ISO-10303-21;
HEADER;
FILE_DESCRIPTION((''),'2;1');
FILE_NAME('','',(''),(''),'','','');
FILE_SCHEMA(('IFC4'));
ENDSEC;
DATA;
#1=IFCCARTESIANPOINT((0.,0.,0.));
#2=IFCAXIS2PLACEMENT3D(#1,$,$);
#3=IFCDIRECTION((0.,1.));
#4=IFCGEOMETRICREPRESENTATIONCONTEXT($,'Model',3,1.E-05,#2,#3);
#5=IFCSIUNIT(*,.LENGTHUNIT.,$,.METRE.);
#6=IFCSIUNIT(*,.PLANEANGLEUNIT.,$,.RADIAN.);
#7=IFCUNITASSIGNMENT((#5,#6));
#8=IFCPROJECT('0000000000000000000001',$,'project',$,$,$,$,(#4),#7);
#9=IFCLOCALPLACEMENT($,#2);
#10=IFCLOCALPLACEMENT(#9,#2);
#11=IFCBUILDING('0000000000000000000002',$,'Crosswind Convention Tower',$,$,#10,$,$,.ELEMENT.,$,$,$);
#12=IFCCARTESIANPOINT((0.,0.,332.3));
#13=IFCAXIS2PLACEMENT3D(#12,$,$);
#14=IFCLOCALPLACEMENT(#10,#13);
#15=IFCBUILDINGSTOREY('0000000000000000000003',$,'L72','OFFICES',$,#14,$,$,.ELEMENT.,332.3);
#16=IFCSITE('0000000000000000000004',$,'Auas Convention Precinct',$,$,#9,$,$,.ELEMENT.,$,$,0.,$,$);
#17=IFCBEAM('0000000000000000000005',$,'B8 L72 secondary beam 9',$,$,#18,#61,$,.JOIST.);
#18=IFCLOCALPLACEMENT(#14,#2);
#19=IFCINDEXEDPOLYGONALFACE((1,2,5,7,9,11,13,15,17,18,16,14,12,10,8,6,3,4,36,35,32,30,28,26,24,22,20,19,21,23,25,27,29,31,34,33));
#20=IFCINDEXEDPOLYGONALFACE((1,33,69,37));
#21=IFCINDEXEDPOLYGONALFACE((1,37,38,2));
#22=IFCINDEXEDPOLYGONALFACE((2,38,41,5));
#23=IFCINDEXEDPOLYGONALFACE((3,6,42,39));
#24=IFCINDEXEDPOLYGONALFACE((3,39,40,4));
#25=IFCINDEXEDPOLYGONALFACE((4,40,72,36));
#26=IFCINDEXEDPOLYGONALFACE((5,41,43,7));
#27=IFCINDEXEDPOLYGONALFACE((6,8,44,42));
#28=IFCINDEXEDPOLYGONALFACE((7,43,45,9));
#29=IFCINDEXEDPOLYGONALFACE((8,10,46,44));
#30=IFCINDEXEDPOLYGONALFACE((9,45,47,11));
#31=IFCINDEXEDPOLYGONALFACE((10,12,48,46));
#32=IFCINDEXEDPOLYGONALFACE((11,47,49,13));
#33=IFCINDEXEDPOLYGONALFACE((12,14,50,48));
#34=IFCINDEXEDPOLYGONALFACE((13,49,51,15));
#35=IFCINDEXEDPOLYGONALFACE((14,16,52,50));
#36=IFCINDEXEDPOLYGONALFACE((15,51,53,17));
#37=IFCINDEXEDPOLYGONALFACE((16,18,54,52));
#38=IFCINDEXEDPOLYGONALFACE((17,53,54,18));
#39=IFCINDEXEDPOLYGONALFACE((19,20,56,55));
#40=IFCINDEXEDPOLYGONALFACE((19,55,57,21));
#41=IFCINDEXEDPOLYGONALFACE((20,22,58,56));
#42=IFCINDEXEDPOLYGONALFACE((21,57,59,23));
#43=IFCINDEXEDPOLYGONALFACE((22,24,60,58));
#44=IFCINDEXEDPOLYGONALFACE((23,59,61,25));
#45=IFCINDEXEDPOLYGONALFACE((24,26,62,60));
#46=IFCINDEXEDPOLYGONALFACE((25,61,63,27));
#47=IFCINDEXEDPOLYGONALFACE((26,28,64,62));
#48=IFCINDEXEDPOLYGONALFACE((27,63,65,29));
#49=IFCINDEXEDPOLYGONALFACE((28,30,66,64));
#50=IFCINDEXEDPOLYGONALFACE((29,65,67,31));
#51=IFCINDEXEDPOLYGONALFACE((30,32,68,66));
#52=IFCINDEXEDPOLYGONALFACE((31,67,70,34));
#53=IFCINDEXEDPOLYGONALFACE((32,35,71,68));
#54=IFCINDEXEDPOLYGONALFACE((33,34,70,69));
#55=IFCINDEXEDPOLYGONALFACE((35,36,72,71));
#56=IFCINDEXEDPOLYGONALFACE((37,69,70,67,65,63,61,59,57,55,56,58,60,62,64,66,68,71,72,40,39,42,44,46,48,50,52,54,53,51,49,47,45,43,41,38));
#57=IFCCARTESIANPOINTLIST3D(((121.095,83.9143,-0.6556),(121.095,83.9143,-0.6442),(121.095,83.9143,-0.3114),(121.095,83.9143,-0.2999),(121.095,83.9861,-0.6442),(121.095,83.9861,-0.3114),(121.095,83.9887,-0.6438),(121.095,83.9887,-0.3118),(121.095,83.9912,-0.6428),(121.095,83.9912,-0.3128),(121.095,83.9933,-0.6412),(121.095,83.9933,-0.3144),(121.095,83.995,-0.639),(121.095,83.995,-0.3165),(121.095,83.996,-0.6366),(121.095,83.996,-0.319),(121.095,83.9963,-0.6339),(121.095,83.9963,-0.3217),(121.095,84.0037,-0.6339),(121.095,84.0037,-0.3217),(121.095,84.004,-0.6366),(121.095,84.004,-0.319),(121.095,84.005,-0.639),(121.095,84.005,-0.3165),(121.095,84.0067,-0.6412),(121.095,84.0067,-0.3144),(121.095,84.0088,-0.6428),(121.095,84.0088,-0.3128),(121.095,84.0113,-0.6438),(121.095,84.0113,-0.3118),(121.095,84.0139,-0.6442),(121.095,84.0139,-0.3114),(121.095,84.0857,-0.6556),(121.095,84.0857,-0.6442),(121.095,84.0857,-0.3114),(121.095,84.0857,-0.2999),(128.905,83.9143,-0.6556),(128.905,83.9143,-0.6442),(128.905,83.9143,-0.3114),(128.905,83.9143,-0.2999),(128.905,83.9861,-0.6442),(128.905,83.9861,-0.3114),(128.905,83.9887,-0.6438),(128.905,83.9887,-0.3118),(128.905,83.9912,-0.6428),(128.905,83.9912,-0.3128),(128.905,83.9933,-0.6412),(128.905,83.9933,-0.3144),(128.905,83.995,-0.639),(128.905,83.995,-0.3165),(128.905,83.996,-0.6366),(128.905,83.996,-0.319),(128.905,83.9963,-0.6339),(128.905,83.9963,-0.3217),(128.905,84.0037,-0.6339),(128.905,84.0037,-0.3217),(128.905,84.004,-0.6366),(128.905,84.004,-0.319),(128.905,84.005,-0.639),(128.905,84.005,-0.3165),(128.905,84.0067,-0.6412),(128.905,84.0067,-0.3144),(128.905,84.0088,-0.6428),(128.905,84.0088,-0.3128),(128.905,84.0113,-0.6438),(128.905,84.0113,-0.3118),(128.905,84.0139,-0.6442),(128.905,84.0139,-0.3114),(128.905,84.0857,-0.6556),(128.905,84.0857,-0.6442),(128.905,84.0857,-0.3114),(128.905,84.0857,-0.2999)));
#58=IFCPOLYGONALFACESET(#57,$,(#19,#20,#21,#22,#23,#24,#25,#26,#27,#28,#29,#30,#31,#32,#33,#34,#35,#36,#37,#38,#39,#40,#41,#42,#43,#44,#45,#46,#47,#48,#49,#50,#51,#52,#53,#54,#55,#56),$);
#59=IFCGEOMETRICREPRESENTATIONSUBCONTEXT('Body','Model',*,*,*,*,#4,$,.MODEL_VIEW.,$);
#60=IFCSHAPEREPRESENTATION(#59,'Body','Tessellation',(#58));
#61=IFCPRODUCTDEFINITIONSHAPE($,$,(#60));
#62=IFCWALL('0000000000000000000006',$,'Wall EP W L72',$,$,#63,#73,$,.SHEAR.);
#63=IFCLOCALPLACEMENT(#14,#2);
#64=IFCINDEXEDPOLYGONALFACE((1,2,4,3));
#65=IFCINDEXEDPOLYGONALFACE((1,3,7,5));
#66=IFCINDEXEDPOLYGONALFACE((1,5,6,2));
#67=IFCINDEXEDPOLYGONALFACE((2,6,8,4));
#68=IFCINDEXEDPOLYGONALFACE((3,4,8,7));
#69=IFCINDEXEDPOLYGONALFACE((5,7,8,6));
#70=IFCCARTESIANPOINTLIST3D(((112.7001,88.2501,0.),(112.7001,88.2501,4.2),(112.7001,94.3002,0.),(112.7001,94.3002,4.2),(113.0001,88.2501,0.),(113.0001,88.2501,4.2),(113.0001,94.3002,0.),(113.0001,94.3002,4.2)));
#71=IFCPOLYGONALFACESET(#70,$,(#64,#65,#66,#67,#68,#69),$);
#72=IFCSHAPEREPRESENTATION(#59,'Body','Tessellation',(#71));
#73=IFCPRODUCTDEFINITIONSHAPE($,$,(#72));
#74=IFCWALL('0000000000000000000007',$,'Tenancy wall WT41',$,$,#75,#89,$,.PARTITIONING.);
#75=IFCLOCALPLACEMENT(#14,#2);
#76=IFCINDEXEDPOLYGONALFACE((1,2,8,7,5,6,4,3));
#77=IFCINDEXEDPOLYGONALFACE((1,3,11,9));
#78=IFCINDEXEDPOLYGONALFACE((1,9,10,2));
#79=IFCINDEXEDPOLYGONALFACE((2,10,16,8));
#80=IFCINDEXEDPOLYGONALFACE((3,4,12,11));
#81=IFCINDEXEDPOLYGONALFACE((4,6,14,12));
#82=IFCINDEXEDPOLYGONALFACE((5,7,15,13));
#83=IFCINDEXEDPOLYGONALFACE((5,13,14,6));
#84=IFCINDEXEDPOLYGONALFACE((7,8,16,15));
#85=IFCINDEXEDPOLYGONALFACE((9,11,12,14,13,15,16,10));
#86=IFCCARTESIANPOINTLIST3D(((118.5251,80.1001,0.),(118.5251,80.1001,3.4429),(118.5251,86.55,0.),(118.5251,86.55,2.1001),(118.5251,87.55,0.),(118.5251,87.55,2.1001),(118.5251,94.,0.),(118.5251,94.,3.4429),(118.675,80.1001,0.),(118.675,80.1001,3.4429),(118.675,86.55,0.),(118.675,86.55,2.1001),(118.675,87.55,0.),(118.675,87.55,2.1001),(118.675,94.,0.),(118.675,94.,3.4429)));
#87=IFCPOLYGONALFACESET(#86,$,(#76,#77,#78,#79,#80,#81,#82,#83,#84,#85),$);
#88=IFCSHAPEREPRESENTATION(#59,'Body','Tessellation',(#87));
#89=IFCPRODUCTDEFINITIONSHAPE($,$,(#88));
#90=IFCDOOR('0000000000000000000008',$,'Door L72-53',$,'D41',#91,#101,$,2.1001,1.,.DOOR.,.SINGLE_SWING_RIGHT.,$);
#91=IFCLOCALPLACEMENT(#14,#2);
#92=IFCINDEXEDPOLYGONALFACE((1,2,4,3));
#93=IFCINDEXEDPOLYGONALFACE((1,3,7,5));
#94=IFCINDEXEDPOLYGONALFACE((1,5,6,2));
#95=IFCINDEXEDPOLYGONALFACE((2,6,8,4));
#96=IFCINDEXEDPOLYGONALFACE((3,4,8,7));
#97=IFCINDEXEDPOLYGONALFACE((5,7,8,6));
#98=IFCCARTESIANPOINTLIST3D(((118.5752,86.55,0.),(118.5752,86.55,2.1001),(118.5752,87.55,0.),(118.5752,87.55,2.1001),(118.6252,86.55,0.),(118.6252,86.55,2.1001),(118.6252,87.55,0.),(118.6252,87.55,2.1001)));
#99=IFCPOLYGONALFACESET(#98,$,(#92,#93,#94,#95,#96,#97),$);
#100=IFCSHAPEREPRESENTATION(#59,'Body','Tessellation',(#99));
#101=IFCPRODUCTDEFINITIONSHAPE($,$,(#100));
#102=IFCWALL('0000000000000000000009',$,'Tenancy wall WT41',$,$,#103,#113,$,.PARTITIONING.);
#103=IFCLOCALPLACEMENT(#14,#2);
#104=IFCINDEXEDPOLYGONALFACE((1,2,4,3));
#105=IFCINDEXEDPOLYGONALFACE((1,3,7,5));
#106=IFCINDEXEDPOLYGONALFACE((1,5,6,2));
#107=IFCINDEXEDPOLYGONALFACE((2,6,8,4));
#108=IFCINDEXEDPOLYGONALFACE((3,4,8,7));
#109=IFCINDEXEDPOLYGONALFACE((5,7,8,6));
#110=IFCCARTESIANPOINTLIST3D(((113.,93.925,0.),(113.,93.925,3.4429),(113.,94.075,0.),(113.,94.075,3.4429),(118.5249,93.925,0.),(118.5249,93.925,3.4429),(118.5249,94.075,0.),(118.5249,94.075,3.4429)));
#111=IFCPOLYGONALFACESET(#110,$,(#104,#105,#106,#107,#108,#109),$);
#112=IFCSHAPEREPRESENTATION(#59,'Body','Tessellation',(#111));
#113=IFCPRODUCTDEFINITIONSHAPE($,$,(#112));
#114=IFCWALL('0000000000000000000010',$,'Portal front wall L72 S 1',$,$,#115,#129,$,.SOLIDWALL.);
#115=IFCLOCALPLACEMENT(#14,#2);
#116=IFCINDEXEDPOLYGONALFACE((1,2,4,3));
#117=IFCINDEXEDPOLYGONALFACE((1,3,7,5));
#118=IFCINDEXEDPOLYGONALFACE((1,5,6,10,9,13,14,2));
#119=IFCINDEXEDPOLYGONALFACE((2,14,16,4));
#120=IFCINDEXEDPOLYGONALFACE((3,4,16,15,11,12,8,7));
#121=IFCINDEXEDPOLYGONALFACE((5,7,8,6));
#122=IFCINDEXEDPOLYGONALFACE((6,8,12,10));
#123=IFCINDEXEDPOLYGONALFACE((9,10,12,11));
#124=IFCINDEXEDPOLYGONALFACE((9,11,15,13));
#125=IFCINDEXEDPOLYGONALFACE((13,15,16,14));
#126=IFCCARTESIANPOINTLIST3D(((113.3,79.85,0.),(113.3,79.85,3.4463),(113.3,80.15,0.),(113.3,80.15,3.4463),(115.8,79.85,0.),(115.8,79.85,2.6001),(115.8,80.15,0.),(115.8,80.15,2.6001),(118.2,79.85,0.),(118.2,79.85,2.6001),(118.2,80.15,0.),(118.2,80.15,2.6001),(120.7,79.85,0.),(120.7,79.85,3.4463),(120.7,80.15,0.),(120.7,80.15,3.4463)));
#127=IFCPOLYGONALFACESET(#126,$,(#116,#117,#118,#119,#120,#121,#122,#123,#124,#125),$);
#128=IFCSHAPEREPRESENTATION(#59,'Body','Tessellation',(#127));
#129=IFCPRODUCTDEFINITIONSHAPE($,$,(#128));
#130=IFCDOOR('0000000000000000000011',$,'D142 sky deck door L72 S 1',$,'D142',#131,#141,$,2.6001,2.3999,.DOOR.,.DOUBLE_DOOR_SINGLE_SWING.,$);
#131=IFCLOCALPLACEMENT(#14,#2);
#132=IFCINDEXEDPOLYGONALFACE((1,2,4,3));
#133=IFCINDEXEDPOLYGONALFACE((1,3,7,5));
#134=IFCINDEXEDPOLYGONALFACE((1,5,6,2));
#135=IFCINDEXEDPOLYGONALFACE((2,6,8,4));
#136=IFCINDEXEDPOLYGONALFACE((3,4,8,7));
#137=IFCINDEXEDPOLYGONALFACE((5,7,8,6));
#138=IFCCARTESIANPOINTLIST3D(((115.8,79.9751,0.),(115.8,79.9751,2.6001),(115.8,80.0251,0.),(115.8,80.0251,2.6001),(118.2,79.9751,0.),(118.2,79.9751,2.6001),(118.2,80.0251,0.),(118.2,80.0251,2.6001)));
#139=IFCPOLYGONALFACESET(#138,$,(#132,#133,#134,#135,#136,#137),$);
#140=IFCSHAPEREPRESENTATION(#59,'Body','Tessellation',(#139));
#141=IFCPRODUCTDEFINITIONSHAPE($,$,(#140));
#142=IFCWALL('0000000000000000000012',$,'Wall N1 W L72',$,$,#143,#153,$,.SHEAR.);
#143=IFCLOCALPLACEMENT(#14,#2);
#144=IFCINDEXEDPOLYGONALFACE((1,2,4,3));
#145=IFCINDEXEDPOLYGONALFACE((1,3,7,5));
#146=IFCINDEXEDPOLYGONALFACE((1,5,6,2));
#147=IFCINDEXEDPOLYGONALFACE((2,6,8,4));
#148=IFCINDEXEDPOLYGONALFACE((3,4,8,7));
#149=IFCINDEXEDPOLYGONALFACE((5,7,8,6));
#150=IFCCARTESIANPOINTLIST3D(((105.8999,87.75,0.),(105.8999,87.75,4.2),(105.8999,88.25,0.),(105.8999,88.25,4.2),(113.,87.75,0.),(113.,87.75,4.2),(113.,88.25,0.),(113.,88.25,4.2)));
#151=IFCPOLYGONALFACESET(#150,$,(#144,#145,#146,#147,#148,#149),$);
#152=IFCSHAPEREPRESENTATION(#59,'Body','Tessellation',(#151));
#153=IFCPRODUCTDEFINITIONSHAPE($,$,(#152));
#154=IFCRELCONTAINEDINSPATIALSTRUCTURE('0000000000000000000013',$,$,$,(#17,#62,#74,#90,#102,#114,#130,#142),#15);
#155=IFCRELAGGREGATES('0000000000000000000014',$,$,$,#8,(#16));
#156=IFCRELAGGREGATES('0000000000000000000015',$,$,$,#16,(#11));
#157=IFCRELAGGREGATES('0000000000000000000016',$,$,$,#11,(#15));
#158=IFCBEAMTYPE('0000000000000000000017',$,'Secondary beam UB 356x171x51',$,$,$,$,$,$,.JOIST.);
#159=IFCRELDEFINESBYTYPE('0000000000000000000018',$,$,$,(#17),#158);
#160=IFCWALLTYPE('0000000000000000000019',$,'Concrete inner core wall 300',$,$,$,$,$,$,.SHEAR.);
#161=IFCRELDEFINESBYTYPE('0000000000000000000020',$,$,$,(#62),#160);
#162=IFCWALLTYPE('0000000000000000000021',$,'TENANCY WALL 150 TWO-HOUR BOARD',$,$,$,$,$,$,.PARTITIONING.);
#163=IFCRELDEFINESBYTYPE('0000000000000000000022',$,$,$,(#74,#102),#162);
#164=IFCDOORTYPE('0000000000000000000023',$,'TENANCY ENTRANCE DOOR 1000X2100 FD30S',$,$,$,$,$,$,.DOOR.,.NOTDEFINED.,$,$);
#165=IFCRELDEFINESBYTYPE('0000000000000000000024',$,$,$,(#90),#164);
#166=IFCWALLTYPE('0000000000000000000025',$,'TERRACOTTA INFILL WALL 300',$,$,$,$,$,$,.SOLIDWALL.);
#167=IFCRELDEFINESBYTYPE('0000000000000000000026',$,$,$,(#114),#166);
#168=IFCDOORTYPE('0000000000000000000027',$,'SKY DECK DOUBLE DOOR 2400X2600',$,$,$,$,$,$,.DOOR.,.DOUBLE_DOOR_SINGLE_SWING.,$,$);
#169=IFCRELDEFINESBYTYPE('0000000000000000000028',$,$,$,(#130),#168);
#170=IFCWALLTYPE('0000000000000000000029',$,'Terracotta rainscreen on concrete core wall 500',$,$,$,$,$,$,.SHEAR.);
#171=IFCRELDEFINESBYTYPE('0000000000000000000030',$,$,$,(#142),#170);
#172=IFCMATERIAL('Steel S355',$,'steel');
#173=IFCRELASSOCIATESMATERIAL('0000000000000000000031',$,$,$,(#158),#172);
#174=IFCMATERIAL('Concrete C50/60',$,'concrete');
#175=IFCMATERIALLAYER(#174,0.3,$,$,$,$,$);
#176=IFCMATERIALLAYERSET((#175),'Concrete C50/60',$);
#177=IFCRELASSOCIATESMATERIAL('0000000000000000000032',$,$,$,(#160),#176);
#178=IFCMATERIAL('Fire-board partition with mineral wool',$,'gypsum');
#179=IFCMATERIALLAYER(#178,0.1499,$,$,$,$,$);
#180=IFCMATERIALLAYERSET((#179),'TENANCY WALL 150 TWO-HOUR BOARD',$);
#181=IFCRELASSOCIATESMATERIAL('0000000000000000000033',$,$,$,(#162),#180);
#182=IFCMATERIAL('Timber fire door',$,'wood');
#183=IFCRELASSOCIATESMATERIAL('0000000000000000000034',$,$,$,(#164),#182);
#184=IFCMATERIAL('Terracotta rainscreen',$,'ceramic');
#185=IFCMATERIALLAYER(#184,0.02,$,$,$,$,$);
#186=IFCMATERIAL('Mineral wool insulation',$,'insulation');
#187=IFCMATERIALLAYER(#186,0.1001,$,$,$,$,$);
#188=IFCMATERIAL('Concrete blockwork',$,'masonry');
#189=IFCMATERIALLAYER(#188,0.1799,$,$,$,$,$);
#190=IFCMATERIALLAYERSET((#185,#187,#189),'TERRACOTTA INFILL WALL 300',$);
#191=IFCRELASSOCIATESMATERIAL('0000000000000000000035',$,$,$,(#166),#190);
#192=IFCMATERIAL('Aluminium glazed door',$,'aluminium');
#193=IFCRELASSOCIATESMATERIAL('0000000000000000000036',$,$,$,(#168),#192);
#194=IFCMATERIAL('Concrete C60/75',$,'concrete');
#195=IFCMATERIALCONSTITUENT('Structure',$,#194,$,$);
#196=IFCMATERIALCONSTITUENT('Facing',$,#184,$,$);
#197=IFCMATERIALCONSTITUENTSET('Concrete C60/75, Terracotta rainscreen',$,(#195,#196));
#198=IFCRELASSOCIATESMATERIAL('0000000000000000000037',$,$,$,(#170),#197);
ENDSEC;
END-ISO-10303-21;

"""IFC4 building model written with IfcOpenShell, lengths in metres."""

from ifc_helpers import new_model, si_unit, direction, frame, frame_2d, origin, origin_2d, place, context, subcontext, project, spatial, rectangle, i_section, extrude, material, layer, layer_set, constituent, constituent_set, material_profile, profile_set, type_object, element, fill, save


model = new_model("IFC4")

# Units and contexts
model_context = context("Model", 3, precision=1e-05, world=origin(), true_north=direction((0.0, 1.0)))
body_context = subcontext(model_context, "Body", "Model", "MODEL_VIEW")
ifc_project = project(units=[si_unit("LENGTHUNIT", "METRE"), si_unit("PLANEANGLEUNIT", "RADIAN")], contexts=[model_context])

# Site, building, storey
site_placement = place(None, origin())
site = spatial("IfcSite", under=ifc_project, at=site_placement, Name="Auas Convention Precinct", CompositionType="ELEMENT", RefElevation=0.0)
building_placement = place(site_placement, origin())
building = spatial("IfcBuilding", under=site, at=building_placement, Name="Crosswind Convention Tower", CompositionType="ELEMENT")
storey_placement = place(building_placement, frame((0.0, 0.0, 332.3)))
storey = spatial("IfcBuildingStorey", under=building, at=storey_placement, Name="L72", Description="OFFICES", CompositionType="ELEMENT", Elevation=332.3)

# Shared definitions
ifc_material_1 = material(Name="Concrete C60/75", Category="concrete")

# Beam
ifc_material_2 = material(Name="Steel S355", Category="steel")
ifc_material_profile_1 = material_profile(ifc_material_2, i_section(OverallWidth=0.1714, OverallDepth=0.3557, WebThickness=0.0073, FlangeThickness=0.0115, FilletRadius=0.0103, at=origin_2d()), Name="UB 356x171x51")
ifc_profile_set_1 = profile_set([ifc_material_profile_1], Name="Steel S355")
beam_type_1 = type_object("IfcBeamType", Name="Secondary beam UB 356x171x51", PredefinedType="JOIST", material=ifc_profile_set_1)
for number, where, z_axis, x_axis, name in (
    (1, (121.095, 84.0, -0.4778), (1.0, 0.0, 0.0), (0.0, 1.0, 0.0), "B8 L72 secondary beam 9"),
):
    element("IfcBeam", number, at=place(storey_placement, frame(where, z_axis=z_axis, x_axis=x_axis)), inside=storey, type_object=beam_type_1, Name=name, PredefinedType="JOIST", context=body_context, shape_type="SweptSolid", body=[
        extrude(i_section(OverallWidth=0.1714, OverallDepth=0.3557, WebThickness=0.0073, FlangeThickness=0.0115, FilletRadius=0.0103, at=origin_2d()), origin(), (0.0, 0.0, 1.0), 7.8101),
    ])

# Wall
ifc_material_3 = material(Name="Concrete C50/60", Category="concrete")
ifc_layer_1 = layer(ifc_material_3, 0.3)
ifc_layer_set_1 = layer_set([ifc_layer_1], Name="Concrete C50/60")
wall_type_1 = type_object("IfcWallType", Name="Concrete inner core wall 300", PredefinedType="SHEAR", material=ifc_layer_set_1)
wall_1_placement = place(storey_placement, frame((112.8501, 94.3, 0.0), z_axis=(0.0, 0.0, 1.0), x_axis=(0.0, -1.0, 0.0)))
element("IfcWall", 2, at=wall_1_placement, inside=storey, type_object=wall_type_1, Name="Wall EP W L72", PredefinedType="SHEAR", context=body_context, shape_type="SweptSolid", body=[
    extrude(rectangle(XDim=6.05, YDim=0.3, at=frame_2d((3.0249, 0.0))), origin(), (0.0, 0.0, 1.0), 4.2),
])

# Wall, opening, door
ifc_material_4 = material(Name="Fire-board partition with mineral wool", Category="gypsum")
ifc_layer_2 = layer(ifc_material_4, 0.1499)
ifc_layer_set_2 = layer_set([ifc_layer_2], Name="TENANCY WALL 150 TWO-HOUR BOARD")
wall_type_2 = type_object("IfcWallType", Name="TENANCY WALL 150 TWO-HOUR BOARD", PredefinedType="PARTITIONING", material=ifc_layer_set_2)
wall_2_placement = place(storey_placement, frame((118.6001, 80.1001, 0.0), z_axis=(0.0, 0.0, 1.0), x_axis=(0.0, 1.0, 0.0)))
wall_2 = element("IfcWall", 3, at=wall_2_placement, inside=storey, type_object=wall_type_2, Name="Tenancy wall WT41", PredefinedType="PARTITIONING", context=body_context, shape_type="SweptSolid", body=[
    extrude(rectangle(XDim=13.8999, YDim=0.1499, at=frame_2d((6.95, 0.0))), origin(), (0.0, 0.0, 1.0), 3.4429),
])
opening_1_placement = place(wall_2_placement, frame((6.45, 0.0, 0.0)))
opening_1 = element("IfcOpeningElement", 4, at=opening_1_placement, cuts=wall_2, PredefinedType="OPENING", context=body_context, shape_type="SweptSolid", body=[
    extrude(rectangle(XDim=1.0, YDim=2.1001, at=frame_2d((0.5, 1.05))), frame((0.0, 0.085, 0.0), z_axis=(0.0, -1.0, 0.0), x_axis=(1.0, 0.0, 0.0)), (0.0, 0.0, 1.0), 0.1699),
])
ifc_material_5 = material(Name="Timber fire door", Category="wood")
door_type_1 = type_object("IfcDoorType", Name="TENANCY ENTRANCE DOOR 1000X2100 FD30S", OperationType="NOTDEFINED", PredefinedType="DOOR", material=ifc_material_5)
door_1_placement = place(opening_1_placement, origin())
door_1 = element("IfcDoor", 5, at=door_1_placement, inside=storey, type_object=door_type_1, Name="Door L72-53", ObjectType="D41", OperationType="SINGLE_SWING_RIGHT", OverallHeight=2.1001, OverallWidth=1.0, PredefinedType="DOOR", context=body_context, shape_type="SweptSolid", body=[
    extrude(rectangle(XDim=1.0, YDim=2.1001, at=frame_2d((0.5, 1.05))), frame((0.0, 0.0249, 0.0), z_axis=(0.0, -1.0, 0.0), x_axis=(1.0, 0.0, 0.0)), (0.0, 0.0, 1.0), 0.05),
])
fill(opening_1, door_1)

# Wall
wall_3_placement = place(storey_placement, frame((113.0, 94.0, 0.0), z_axis=(0.0, 0.0, 1.0), x_axis=(1.0, 0.0, 0.0)))
element("IfcWall", 6, at=wall_3_placement, inside=storey, type_object=wall_type_2, Name="Tenancy wall WT41", PredefinedType="PARTITIONING", context=body_context, shape_type="SweptSolid", body=[
    extrude(rectangle(XDim=5.5249, YDim=0.1499, at=frame_2d((2.7625, 0.0))), origin(), (0.0, 0.0, 1.0), 3.4429),
])

# Wall, opening, door
ifc_material_6 = material(Name="Terracotta rainscreen", Category="ceramic")
ifc_layer_3 = layer(ifc_material_6, 0.02)
ifc_material_7 = material(Name="Mineral wool insulation", Category="insulation")
ifc_layer_4 = layer(ifc_material_7, 0.1001)
ifc_material_8 = material(Name="Concrete blockwork", Category="masonry")
ifc_layer_5 = layer(ifc_material_8, 0.1799)
ifc_layer_set_3 = layer_set([ifc_layer_3, ifc_layer_4, ifc_layer_5], Name="TERRACOTTA INFILL WALL 300")
wall_type_3 = type_object("IfcWallType", Name="TERRACOTTA INFILL WALL 300", PredefinedType="SOLIDWALL", material=ifc_layer_set_3)
wall_4_placement = place(storey_placement, frame((113.3, 80.0, 0.0), z_axis=(0.0, 0.0, 1.0), x_axis=(1.0, 0.0, 0.0)))
wall_4 = element("IfcWall", 7, at=wall_4_placement, inside=storey, type_object=wall_type_3, Name="Portal front wall L72 S 1", PredefinedType="SOLIDWALL", context=body_context, shape_type="SweptSolid", body=[
    extrude(rectangle(XDim=7.3999, YDim=0.3, at=frame_2d((3.7, 0.0))), origin(), (0.0, 0.0, 1.0), 3.4463),
])
opening_2_placement = place(wall_4_placement, frame((2.5, 0.0, 0.0)))
opening_2 = element("IfcOpeningElement", 8, at=opening_2_placement, cuts=wall_4, PredefinedType="OPENING", context=body_context, shape_type="SweptSolid", body=[
    extrude(rectangle(XDim=2.3999, YDim=2.6001, at=frame_2d((1.2, 1.3))), frame((0.0, 0.1599, 0.0), z_axis=(0.0, -1.0, 0.0), x_axis=(1.0, 0.0, 0.0)), (0.0, 0.0, 1.0), 0.3201),
])
ifc_material_9 = material(Name="Aluminium glazed door", Category="aluminium")
door_type_2 = type_object("IfcDoorType", Name="SKY DECK DOUBLE DOOR 2400X2600", OperationType="DOUBLE_DOOR_SINGLE_SWING", PredefinedType="DOOR", material=ifc_material_9)
door_2_placement = place(opening_2_placement, frame((2.3999, 0.0, 0.0), z_axis=(0.0, 0.0, 1.0), x_axis=(-1.0, 0.0, 0.0)))
door_2 = element("IfcDoor", 9, at=door_2_placement, inside=storey, type_object=door_type_2, Name="D142 sky deck door L72 S 1", ObjectType="D142", OperationType="DOUBLE_DOOR_SINGLE_SWING", OverallHeight=2.6001, OverallWidth=2.3999, PredefinedType="DOOR", context=body_context, shape_type="SweptSolid", body=[
    extrude(rectangle(XDim=2.3999, YDim=2.6001, at=frame_2d((1.2, 1.3))), frame((0.0, 0.0249, 0.0), z_axis=(0.0, -1.0, 0.0), x_axis=(1.0, 0.0, 0.0)), (0.0, 0.0, 1.0), 0.05),
])
fill(opening_2, door_2)

# Wall
ifc_constituent_1 = constituent(ifc_material_1, Name="Structure")
ifc_constituent_2 = constituent(ifc_material_6, Name="Facing")
ifc_constituent_set = constituent_set(constituents=[ifc_constituent_1, ifc_constituent_2], Name="Concrete C60/75, Terracotta rainscreen")
wall_type_4 = type_object("IfcWallType", Name="Terracotta rainscreen on concrete core wall 500", PredefinedType="SHEAR", material=ifc_constituent_set)
wall_5_placement = place(storey_placement, frame((113.0, 88.0, 0.0), z_axis=(0.0, 0.0, 1.0), x_axis=(-1.0, 0.0, 0.0)))
element("IfcWall", 10, at=wall_5_placement, inside=storey, type_object=wall_type_4, Name="Wall N1 W L72", PredefinedType="SHEAR", context=body_context, shape_type="SweptSolid", body=[
    extrude(rectangle(XDim=7.1001, YDim=0.5, at=frame_2d((3.55, 0.0))), origin(), (0.0, 0.0, 1.0), 4.2),
])

save(model, "model.ifc")
